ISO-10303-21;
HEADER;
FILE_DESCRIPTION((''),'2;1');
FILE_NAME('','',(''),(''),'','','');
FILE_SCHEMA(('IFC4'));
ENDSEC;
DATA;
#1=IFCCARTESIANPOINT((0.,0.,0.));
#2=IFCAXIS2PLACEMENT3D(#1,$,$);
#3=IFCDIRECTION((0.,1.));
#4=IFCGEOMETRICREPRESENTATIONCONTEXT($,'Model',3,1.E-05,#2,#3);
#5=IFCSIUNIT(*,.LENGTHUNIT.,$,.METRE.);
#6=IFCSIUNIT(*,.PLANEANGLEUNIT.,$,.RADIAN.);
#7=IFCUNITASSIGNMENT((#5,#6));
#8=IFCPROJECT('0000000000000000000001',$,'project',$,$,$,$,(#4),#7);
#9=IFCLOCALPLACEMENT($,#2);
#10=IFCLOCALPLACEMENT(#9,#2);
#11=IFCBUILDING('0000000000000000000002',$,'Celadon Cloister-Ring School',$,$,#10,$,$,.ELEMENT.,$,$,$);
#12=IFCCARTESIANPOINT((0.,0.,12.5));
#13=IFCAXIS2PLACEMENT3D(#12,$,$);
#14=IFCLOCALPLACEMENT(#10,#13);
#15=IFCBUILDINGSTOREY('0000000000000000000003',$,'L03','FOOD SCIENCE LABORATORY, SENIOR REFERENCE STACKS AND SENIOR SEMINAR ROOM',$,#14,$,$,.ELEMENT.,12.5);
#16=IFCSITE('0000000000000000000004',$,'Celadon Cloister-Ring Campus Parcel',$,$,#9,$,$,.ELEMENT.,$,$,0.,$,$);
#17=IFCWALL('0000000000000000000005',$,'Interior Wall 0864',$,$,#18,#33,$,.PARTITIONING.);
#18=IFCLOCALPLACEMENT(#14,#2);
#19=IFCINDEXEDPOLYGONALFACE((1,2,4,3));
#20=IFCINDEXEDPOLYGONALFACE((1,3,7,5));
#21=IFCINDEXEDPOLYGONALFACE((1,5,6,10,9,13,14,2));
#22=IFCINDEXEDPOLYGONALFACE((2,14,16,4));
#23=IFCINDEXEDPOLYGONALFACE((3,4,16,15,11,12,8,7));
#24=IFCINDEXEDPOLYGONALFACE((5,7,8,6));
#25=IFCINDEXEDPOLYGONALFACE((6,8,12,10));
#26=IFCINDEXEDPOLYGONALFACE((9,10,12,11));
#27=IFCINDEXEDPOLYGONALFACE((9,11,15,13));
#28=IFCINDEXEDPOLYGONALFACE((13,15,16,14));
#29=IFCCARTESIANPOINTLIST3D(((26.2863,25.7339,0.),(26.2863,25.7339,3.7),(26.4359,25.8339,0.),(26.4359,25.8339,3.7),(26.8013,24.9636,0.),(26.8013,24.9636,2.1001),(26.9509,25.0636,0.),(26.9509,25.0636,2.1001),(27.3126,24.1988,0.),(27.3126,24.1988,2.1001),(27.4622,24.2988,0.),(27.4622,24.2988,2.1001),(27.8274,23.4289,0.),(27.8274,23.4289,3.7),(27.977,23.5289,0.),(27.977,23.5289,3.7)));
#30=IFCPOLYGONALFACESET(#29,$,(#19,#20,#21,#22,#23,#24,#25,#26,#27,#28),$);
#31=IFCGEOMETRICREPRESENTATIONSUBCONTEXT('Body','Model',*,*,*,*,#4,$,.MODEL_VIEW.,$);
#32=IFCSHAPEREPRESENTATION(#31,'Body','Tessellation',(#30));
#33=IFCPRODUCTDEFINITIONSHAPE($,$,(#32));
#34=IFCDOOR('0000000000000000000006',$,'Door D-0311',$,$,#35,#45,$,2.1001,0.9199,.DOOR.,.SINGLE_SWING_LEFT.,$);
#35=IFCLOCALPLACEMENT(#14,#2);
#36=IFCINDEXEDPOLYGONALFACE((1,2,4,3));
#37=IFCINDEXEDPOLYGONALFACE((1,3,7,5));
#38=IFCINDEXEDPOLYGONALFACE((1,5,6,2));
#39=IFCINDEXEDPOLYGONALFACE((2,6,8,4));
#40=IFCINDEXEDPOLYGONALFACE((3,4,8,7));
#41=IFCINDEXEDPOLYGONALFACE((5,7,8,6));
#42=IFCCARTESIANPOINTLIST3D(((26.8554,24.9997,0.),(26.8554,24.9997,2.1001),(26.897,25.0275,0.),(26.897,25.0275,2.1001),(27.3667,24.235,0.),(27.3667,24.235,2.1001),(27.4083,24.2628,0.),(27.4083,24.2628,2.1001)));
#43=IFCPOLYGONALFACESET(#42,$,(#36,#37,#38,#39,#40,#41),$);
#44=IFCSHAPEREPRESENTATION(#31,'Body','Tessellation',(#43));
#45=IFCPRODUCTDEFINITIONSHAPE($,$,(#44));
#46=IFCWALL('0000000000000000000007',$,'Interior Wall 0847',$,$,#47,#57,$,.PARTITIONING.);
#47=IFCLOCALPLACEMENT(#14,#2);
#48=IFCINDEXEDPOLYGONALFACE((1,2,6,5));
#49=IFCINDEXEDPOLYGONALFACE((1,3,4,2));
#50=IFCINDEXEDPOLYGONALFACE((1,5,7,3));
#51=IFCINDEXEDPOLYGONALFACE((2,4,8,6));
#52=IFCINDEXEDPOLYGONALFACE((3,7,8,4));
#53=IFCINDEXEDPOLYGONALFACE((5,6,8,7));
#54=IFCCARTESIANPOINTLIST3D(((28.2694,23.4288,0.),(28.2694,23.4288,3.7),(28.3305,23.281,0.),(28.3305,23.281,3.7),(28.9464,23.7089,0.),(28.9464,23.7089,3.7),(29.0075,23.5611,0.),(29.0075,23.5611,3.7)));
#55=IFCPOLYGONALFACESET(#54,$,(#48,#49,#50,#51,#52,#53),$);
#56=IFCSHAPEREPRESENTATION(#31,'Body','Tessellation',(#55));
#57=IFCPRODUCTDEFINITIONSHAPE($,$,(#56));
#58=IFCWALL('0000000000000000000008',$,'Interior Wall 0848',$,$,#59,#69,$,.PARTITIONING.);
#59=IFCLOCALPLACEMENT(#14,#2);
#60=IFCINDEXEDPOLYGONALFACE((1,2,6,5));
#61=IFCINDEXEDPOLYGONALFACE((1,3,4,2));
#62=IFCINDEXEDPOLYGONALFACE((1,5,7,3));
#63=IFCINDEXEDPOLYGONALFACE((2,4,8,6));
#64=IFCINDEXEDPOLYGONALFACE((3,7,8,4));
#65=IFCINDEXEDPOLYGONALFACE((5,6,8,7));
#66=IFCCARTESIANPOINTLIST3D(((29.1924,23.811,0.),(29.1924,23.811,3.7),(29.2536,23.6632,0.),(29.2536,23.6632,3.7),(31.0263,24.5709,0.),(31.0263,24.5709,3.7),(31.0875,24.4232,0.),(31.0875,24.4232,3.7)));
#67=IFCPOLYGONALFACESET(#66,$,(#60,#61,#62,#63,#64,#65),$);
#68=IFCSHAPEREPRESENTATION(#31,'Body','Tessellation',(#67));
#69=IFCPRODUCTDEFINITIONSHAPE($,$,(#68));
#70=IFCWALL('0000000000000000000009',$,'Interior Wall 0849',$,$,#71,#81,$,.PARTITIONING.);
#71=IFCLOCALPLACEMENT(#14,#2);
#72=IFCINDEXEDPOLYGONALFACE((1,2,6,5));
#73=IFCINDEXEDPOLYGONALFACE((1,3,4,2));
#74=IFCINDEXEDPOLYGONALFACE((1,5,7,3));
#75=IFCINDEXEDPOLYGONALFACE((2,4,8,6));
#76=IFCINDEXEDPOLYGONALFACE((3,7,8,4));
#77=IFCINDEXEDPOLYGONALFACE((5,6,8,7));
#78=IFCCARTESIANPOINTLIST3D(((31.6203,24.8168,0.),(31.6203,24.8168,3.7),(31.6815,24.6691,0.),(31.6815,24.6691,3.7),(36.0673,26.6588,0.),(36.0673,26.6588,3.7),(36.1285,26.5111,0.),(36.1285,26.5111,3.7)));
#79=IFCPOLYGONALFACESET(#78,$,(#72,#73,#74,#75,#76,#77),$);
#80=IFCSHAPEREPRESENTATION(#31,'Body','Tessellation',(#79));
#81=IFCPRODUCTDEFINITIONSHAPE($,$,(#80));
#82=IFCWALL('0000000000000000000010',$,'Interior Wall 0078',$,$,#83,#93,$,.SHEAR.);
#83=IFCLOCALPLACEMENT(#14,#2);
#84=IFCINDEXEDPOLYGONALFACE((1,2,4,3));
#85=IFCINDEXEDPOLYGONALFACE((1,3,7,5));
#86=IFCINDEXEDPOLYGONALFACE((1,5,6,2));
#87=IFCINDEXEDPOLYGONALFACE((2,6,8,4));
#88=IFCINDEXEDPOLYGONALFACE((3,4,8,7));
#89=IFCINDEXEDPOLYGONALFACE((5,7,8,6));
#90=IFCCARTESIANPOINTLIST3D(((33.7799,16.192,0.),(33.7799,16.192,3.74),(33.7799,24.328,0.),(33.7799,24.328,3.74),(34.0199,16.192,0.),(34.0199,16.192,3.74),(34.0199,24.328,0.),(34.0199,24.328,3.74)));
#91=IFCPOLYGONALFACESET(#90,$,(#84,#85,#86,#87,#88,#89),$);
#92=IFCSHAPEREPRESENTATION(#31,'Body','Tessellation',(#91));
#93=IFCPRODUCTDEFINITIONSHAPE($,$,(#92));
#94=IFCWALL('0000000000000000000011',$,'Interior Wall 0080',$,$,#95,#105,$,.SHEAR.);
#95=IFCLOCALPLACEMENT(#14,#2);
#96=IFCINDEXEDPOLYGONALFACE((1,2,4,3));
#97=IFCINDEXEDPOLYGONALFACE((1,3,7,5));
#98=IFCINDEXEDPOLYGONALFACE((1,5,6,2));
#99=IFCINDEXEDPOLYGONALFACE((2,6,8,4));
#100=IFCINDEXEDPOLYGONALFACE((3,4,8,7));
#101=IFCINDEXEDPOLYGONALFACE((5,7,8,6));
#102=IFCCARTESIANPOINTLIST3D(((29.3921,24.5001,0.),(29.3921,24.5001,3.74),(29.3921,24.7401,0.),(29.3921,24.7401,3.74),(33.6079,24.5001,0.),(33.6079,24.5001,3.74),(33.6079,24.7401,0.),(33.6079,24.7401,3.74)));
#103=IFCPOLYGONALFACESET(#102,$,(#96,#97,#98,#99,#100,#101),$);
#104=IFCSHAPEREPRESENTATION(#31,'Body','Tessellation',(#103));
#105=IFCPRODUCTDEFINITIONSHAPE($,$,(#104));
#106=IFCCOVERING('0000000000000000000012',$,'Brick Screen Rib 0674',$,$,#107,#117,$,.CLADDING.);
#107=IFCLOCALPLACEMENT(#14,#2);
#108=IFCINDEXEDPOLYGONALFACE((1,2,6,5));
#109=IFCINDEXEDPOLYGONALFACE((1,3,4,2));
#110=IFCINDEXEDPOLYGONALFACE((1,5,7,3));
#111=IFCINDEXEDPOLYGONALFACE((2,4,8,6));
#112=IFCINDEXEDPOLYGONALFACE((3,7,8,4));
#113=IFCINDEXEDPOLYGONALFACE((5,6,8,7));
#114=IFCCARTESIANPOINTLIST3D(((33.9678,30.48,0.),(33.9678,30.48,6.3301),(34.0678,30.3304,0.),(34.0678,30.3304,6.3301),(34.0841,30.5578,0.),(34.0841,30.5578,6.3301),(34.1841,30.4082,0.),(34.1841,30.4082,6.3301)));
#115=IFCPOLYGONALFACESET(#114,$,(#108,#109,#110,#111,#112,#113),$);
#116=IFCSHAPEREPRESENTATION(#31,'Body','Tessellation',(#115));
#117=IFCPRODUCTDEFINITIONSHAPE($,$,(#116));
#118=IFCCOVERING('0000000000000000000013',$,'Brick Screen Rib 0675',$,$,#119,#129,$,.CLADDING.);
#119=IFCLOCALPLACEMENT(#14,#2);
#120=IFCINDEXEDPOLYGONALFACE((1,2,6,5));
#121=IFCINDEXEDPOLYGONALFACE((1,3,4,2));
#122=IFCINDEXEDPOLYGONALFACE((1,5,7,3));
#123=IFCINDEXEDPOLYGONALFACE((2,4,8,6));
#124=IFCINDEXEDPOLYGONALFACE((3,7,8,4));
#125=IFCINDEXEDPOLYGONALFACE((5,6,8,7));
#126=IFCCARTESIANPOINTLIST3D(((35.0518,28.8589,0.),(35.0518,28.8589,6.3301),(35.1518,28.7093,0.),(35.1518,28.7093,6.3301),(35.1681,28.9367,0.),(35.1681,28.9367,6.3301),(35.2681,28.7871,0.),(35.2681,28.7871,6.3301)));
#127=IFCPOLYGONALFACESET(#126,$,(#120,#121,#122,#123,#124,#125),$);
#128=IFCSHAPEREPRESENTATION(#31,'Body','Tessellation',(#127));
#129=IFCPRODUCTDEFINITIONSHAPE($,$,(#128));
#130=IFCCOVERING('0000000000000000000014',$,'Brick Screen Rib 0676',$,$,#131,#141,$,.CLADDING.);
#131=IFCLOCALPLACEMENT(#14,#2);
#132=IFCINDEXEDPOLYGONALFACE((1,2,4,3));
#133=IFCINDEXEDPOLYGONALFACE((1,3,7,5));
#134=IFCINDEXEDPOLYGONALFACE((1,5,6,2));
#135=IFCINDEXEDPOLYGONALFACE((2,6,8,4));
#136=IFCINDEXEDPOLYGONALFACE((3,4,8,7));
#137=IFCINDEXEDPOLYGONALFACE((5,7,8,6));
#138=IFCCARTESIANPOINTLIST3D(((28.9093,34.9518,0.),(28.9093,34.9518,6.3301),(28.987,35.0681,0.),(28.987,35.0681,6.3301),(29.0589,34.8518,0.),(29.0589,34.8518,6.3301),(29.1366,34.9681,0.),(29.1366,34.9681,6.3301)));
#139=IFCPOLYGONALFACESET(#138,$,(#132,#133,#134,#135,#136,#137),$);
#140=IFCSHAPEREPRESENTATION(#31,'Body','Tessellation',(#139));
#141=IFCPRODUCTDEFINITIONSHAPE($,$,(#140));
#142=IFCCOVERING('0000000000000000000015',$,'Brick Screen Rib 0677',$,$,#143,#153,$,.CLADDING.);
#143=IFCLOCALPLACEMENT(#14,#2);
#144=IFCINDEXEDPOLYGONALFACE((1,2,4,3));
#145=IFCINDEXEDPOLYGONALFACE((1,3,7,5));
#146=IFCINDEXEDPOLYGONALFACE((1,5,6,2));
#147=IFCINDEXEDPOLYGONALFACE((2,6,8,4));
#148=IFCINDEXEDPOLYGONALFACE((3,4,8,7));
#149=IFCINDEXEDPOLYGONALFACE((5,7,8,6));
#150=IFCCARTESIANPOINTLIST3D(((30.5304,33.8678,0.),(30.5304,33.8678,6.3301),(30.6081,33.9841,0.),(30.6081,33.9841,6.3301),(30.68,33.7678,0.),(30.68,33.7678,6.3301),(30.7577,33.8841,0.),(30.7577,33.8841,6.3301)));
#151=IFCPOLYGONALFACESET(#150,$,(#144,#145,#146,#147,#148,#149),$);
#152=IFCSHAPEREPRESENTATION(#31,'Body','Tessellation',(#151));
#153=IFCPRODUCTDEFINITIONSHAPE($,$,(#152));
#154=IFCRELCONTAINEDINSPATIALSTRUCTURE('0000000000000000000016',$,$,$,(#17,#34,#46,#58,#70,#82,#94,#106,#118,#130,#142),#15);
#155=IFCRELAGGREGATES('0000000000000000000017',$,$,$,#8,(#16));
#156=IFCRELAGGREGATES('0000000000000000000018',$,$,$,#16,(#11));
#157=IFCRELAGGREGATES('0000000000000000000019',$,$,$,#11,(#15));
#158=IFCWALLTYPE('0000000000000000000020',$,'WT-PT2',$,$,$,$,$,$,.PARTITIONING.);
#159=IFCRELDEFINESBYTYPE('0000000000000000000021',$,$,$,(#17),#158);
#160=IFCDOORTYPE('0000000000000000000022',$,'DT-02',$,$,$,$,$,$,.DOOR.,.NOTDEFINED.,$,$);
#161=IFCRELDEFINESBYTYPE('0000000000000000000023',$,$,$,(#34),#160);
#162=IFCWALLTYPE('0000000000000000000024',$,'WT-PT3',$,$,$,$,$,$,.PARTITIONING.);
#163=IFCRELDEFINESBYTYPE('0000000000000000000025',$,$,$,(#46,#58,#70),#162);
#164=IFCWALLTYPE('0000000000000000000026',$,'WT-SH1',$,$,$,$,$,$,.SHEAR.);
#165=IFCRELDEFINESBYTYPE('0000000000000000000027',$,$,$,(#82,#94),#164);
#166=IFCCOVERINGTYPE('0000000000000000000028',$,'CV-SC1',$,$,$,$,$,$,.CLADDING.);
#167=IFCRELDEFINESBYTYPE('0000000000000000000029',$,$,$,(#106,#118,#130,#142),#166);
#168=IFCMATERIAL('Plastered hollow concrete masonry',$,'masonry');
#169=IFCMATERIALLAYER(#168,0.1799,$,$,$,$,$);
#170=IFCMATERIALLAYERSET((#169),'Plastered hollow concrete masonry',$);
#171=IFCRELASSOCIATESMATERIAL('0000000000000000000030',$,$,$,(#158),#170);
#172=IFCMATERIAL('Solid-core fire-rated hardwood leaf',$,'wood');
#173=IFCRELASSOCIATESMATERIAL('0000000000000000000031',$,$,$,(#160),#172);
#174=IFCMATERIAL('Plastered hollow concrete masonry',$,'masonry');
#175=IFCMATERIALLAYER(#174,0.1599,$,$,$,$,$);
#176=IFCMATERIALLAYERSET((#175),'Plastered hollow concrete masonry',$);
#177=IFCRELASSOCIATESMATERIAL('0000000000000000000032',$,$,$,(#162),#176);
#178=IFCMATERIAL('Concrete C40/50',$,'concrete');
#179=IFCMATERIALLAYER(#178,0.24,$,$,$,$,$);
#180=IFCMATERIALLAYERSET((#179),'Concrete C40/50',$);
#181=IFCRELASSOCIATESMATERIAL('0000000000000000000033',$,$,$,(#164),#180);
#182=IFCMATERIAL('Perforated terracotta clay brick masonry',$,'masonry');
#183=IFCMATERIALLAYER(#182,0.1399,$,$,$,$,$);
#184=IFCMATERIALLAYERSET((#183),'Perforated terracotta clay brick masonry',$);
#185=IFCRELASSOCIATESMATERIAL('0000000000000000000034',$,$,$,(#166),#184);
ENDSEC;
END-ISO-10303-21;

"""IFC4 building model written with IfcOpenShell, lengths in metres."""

from ifc_helpers import new_model, si_unit, direction, frame, frame_2d, origin, origin_2d, place, context, subcontext, project, spatial, rectangle, extrude, material, layer, layer_set, type_object, element, fill, save


model = new_model("IFC4")

# Units and contexts
model_context = context("Model", 3, precision=1e-05, world=origin(), true_north=direction((0.0, 1.0)))
body_context = subcontext(model_context, "Body", "Model", "MODEL_VIEW")
ifc_project = project(units=[si_unit("LENGTHUNIT", "METRE"), si_unit("PLANEANGLEUNIT", "RADIAN")], contexts=[model_context])

# Site, building, storey
site_placement = place(None, origin())
site = spatial("IfcSite", under=ifc_project, at=site_placement, Name="Celadon Cloister-Ring Campus Parcel", CompositionType="ELEMENT", RefElevation=0.0)
building_placement = place(site_placement, origin())
building = spatial("IfcBuilding", under=site, at=building_placement, Name="Celadon Cloister-Ring School", CompositionType="ELEMENT")
storey_placement = place(building_placement, frame((0.0, 0.0, 12.5)))
storey = spatial("IfcBuildingStorey", under=building, at=storey_placement, Name="L03", Description="FOOD SCIENCE LABORATORY, SENIOR REFERENCE STACKS AND SENIOR SEMINAR ROOM", CompositionType="ELEMENT", Elevation=12.5)

# Wall, opening, door
ifc_material_1 = material(Name="Plastered hollow concrete masonry", Category="masonry")
ifc_layer_1 = layer(ifc_material_1, 0.1799)
ifc_layer_set_1 = layer_set([ifc_layer_1], Name="Plastered hollow concrete masonry")
wall_type_1 = type_object("IfcWallType", Name="WT-PT2", PredefinedType="PARTITIONING", material=ifc_layer_set_1)
wall_1_placement = place(storey_placement, frame((27.9021, 23.479, 0.0), z_axis=(0.0, 0.0, 1.0), x_axis=(-0.555797, 0.831318, 0.0)))
wall_1 = element("IfcWall", 1, at=wall_1_placement, inside=storey, type_object=wall_type_1, Name="Interior Wall 0864", PredefinedType="PARTITIONING", context=body_context, shape_type="SweptSolid", body=[
    extrude(rectangle(XDim=2.7727, YDim=0.1799, at=frame_2d((1.3862, 0.0))), origin(), (0.0, 0.0, 1.0), 3.7),
])
opening_1_placement = place(wall_1_placement, frame((0.926, 0.0, 0.0)))
opening_1 = element("IfcOpeningElement", 2, at=opening_1_placement, cuts=wall_1, PredefinedType="OPENING", context=body_context, shape_type="SweptSolid", body=[
    extrude(rectangle(XDim=0.9199, YDim=2.1001, at=frame_2d((0.46, 1.05))), frame((0.0, 0.1001, 0.0), z_axis=(0.0, -1.0, 0.0), x_axis=(1.0, 0.0, 0.0)), (0.0, 0.0, 1.0), 0.2),
])
ifc_material_2 = material(Name="Solid-core fire-rated hardwood leaf", Category="wood")
door_type = type_object("IfcDoorType", Name="DT-02", OperationType="NOTDEFINED", PredefinedType="DOOR", material=ifc_material_2)
door_placement = place(opening_1_placement, origin())
door = element("IfcDoor", 3, at=door_placement, inside=storey, type_object=door_type, Name="Door D-0311", OperationType="SINGLE_SWING_LEFT", OverallHeight=2.1001, OverallWidth=0.9199, PredefinedType="DOOR", context=body_context, shape_type="SweptSolid", body=[
    extrude(rectangle(XDim=0.9199, YDim=2.1001, at=frame_2d((0.46, 1.05))), frame((0.0, 0.0249, 0.0), z_axis=(0.0, -1.0, 0.0), x_axis=(1.0, 0.0, 0.0)), (0.0, 0.0, 1.0), 0.05),
])
fill(opening_1, door)

# Walls
ifc_material_3 = material(Name="Plastered hollow concrete masonry", Category="masonry")
ifc_layer_2 = layer(ifc_material_3, 0.1599)
ifc_layer_set_2 = layer_set([ifc_layer_2], Name="Plastered hollow concrete masonry")
wall_type_2 = type_object("IfcWallType", Name="WT-PT3", PredefinedType="PARTITIONING", material=ifc_layer_set_2)
wall_2_placement = place(storey_placement, frame((28.3, 23.355, 0.0), z_axis=(0.0, 0.0, 1.0), x_axis=(0.92407, 0.382224, 0.0)))
element("IfcWall", 4, at=wall_2_placement, inside=storey, type_object=wall_type_2, Name="Interior Wall 0847", PredefinedType="PARTITIONING", context=body_context, shape_type="SweptSolid", body=[
    extrude(rectangle(XDim=0.7327, YDim=0.1599, at=frame_2d((0.3662, 0.0))), origin(), (0.0, 0.0, 1.0), 3.7),
])
wall_3_placement = place(storey_placement, frame((29.2229, 23.7371, 0.0), z_axis=(0.0, 0.0, 1.0), x_axis=(0.923817, 0.382833, 0.0)))
element("IfcWall", 5, at=wall_3_placement, inside=storey, type_object=wall_type_2, Name="Interior Wall 0848", PredefinedType="PARTITIONING", context=body_context, shape_type="SweptSolid", body=[
    extrude(rectangle(XDim=1.9851, YDim=0.1599, at=frame_2d((0.9927, 0.0))), origin(), (0.0, 0.0, 1.0), 3.7),
])
wall_4_placement = place(storey_placement, frame((31.6509, 24.7429, 0.0), z_axis=(0.0, 0.0, 1.0), x_axis=(0.923878, 0.382688, 0.0)))
element("IfcWall", 6, at=wall_4_placement, inside=storey, type_object=wall_type_2, Name="Interior Wall 0849", PredefinedType="PARTITIONING", context=body_context, shape_type="SweptSolid", body=[
    extrude(rectangle(XDim=4.8135, YDim=0.1599, at=frame_2d((2.4067, 0.0))), origin(), (0.0, 0.0, 1.0), 3.7),
])
ifc_material_4 = material(Name="Concrete C40/50", Category="concrete")
ifc_layer_3 = layer(ifc_material_4, 0.24)
ifc_layer_set_3 = layer_set([ifc_layer_3], Name="Concrete C40/50")
wall_type_3 = type_object("IfcWallType", Name="WT-SH1", PredefinedType="SHEAR", material=ifc_layer_set_3)
wall_5_placement = place(storey_placement, frame((33.8999, 24.3279, 0.0), z_axis=(0.0, 0.0, 1.0), x_axis=(0.0, -1.0, 0.0)))
element("IfcWall", 7, at=wall_5_placement, inside=storey, type_object=wall_type_3, Name="Interior Wall 0078", PredefinedType="SHEAR", context=body_context, shape_type="SweptSolid", body=[
    extrude(rectangle(XDim=8.136, YDim=0.24, at=frame_2d((4.0679, 0.0))), origin(), (0.0, 0.0, 1.0), 3.74),
])
wall_6_placement = place(storey_placement, frame((33.6079, 24.6201, 0.0), z_axis=(0.0, 0.0, 1.0), x_axis=(-1.0, 0.0, 0.0)))
element("IfcWall", 8, at=wall_6_placement, inside=storey, type_object=wall_type_3, Name="Interior Wall 0080", PredefinedType="SHEAR", context=body_context, shape_type="SweptSolid", body=[
    extrude(rectangle(XDim=4.2158, YDim=0.24, at=frame_2d((2.1079, 0.0))), origin(), (0.0, 0.0, 1.0), 3.74),
])

# Coverings
ifc_material_5 = material(Name="Perforated terracotta clay brick masonry", Category="masonry")
ifc_layer_4 = layer(ifc_material_5, 0.1399)
ifc_layer_set_4 = layer_set([ifc_layer_4], Name="Perforated terracotta clay brick masonry")
covering_type = type_object("IfcCoveringType", Name="CV-SC1", PredefinedType="CLADDING", material=ifc_layer_set_4)
for number, where, z_axis, x_axis, name in (
    (9, (34.0759, 30.4441, 0.0), (0.0, 0.0, 1.0), (0.555672, -0.831402, 0.0), "Brick Screen Rib 0674"),
    (10, (35.1599, 28.823, 0.0), (0.0, 0.0, 1.0), (0.555672, -0.831402, 0.0), "Brick Screen Rib 0675"),
    (11, (29.0229, 34.96, 0.0), (0.0, 0.0, 1.0), (0.831402, -0.555672, 0.0), "Brick Screen Rib 0676"),
    (12, (30.644, 33.876, 0.0), (0.0, 0.0, 1.0), (0.831402, -0.555672, 0.0), "Brick Screen Rib 0677"),
):
    element("IfcCovering", number, at=place(storey_placement, frame(where, z_axis=z_axis, x_axis=x_axis)), inside=storey, type_object=covering_type, Name=name, PredefinedType="CLADDING", context=body_context, shape_type="SweptSolid", body=[
        extrude(rectangle(XDim=0.1799, YDim=0.1399, at=origin_2d()), origin(), (0.0, 0.0, 1.0), 6.3301),
    ])

save(model, "model.ifc")
